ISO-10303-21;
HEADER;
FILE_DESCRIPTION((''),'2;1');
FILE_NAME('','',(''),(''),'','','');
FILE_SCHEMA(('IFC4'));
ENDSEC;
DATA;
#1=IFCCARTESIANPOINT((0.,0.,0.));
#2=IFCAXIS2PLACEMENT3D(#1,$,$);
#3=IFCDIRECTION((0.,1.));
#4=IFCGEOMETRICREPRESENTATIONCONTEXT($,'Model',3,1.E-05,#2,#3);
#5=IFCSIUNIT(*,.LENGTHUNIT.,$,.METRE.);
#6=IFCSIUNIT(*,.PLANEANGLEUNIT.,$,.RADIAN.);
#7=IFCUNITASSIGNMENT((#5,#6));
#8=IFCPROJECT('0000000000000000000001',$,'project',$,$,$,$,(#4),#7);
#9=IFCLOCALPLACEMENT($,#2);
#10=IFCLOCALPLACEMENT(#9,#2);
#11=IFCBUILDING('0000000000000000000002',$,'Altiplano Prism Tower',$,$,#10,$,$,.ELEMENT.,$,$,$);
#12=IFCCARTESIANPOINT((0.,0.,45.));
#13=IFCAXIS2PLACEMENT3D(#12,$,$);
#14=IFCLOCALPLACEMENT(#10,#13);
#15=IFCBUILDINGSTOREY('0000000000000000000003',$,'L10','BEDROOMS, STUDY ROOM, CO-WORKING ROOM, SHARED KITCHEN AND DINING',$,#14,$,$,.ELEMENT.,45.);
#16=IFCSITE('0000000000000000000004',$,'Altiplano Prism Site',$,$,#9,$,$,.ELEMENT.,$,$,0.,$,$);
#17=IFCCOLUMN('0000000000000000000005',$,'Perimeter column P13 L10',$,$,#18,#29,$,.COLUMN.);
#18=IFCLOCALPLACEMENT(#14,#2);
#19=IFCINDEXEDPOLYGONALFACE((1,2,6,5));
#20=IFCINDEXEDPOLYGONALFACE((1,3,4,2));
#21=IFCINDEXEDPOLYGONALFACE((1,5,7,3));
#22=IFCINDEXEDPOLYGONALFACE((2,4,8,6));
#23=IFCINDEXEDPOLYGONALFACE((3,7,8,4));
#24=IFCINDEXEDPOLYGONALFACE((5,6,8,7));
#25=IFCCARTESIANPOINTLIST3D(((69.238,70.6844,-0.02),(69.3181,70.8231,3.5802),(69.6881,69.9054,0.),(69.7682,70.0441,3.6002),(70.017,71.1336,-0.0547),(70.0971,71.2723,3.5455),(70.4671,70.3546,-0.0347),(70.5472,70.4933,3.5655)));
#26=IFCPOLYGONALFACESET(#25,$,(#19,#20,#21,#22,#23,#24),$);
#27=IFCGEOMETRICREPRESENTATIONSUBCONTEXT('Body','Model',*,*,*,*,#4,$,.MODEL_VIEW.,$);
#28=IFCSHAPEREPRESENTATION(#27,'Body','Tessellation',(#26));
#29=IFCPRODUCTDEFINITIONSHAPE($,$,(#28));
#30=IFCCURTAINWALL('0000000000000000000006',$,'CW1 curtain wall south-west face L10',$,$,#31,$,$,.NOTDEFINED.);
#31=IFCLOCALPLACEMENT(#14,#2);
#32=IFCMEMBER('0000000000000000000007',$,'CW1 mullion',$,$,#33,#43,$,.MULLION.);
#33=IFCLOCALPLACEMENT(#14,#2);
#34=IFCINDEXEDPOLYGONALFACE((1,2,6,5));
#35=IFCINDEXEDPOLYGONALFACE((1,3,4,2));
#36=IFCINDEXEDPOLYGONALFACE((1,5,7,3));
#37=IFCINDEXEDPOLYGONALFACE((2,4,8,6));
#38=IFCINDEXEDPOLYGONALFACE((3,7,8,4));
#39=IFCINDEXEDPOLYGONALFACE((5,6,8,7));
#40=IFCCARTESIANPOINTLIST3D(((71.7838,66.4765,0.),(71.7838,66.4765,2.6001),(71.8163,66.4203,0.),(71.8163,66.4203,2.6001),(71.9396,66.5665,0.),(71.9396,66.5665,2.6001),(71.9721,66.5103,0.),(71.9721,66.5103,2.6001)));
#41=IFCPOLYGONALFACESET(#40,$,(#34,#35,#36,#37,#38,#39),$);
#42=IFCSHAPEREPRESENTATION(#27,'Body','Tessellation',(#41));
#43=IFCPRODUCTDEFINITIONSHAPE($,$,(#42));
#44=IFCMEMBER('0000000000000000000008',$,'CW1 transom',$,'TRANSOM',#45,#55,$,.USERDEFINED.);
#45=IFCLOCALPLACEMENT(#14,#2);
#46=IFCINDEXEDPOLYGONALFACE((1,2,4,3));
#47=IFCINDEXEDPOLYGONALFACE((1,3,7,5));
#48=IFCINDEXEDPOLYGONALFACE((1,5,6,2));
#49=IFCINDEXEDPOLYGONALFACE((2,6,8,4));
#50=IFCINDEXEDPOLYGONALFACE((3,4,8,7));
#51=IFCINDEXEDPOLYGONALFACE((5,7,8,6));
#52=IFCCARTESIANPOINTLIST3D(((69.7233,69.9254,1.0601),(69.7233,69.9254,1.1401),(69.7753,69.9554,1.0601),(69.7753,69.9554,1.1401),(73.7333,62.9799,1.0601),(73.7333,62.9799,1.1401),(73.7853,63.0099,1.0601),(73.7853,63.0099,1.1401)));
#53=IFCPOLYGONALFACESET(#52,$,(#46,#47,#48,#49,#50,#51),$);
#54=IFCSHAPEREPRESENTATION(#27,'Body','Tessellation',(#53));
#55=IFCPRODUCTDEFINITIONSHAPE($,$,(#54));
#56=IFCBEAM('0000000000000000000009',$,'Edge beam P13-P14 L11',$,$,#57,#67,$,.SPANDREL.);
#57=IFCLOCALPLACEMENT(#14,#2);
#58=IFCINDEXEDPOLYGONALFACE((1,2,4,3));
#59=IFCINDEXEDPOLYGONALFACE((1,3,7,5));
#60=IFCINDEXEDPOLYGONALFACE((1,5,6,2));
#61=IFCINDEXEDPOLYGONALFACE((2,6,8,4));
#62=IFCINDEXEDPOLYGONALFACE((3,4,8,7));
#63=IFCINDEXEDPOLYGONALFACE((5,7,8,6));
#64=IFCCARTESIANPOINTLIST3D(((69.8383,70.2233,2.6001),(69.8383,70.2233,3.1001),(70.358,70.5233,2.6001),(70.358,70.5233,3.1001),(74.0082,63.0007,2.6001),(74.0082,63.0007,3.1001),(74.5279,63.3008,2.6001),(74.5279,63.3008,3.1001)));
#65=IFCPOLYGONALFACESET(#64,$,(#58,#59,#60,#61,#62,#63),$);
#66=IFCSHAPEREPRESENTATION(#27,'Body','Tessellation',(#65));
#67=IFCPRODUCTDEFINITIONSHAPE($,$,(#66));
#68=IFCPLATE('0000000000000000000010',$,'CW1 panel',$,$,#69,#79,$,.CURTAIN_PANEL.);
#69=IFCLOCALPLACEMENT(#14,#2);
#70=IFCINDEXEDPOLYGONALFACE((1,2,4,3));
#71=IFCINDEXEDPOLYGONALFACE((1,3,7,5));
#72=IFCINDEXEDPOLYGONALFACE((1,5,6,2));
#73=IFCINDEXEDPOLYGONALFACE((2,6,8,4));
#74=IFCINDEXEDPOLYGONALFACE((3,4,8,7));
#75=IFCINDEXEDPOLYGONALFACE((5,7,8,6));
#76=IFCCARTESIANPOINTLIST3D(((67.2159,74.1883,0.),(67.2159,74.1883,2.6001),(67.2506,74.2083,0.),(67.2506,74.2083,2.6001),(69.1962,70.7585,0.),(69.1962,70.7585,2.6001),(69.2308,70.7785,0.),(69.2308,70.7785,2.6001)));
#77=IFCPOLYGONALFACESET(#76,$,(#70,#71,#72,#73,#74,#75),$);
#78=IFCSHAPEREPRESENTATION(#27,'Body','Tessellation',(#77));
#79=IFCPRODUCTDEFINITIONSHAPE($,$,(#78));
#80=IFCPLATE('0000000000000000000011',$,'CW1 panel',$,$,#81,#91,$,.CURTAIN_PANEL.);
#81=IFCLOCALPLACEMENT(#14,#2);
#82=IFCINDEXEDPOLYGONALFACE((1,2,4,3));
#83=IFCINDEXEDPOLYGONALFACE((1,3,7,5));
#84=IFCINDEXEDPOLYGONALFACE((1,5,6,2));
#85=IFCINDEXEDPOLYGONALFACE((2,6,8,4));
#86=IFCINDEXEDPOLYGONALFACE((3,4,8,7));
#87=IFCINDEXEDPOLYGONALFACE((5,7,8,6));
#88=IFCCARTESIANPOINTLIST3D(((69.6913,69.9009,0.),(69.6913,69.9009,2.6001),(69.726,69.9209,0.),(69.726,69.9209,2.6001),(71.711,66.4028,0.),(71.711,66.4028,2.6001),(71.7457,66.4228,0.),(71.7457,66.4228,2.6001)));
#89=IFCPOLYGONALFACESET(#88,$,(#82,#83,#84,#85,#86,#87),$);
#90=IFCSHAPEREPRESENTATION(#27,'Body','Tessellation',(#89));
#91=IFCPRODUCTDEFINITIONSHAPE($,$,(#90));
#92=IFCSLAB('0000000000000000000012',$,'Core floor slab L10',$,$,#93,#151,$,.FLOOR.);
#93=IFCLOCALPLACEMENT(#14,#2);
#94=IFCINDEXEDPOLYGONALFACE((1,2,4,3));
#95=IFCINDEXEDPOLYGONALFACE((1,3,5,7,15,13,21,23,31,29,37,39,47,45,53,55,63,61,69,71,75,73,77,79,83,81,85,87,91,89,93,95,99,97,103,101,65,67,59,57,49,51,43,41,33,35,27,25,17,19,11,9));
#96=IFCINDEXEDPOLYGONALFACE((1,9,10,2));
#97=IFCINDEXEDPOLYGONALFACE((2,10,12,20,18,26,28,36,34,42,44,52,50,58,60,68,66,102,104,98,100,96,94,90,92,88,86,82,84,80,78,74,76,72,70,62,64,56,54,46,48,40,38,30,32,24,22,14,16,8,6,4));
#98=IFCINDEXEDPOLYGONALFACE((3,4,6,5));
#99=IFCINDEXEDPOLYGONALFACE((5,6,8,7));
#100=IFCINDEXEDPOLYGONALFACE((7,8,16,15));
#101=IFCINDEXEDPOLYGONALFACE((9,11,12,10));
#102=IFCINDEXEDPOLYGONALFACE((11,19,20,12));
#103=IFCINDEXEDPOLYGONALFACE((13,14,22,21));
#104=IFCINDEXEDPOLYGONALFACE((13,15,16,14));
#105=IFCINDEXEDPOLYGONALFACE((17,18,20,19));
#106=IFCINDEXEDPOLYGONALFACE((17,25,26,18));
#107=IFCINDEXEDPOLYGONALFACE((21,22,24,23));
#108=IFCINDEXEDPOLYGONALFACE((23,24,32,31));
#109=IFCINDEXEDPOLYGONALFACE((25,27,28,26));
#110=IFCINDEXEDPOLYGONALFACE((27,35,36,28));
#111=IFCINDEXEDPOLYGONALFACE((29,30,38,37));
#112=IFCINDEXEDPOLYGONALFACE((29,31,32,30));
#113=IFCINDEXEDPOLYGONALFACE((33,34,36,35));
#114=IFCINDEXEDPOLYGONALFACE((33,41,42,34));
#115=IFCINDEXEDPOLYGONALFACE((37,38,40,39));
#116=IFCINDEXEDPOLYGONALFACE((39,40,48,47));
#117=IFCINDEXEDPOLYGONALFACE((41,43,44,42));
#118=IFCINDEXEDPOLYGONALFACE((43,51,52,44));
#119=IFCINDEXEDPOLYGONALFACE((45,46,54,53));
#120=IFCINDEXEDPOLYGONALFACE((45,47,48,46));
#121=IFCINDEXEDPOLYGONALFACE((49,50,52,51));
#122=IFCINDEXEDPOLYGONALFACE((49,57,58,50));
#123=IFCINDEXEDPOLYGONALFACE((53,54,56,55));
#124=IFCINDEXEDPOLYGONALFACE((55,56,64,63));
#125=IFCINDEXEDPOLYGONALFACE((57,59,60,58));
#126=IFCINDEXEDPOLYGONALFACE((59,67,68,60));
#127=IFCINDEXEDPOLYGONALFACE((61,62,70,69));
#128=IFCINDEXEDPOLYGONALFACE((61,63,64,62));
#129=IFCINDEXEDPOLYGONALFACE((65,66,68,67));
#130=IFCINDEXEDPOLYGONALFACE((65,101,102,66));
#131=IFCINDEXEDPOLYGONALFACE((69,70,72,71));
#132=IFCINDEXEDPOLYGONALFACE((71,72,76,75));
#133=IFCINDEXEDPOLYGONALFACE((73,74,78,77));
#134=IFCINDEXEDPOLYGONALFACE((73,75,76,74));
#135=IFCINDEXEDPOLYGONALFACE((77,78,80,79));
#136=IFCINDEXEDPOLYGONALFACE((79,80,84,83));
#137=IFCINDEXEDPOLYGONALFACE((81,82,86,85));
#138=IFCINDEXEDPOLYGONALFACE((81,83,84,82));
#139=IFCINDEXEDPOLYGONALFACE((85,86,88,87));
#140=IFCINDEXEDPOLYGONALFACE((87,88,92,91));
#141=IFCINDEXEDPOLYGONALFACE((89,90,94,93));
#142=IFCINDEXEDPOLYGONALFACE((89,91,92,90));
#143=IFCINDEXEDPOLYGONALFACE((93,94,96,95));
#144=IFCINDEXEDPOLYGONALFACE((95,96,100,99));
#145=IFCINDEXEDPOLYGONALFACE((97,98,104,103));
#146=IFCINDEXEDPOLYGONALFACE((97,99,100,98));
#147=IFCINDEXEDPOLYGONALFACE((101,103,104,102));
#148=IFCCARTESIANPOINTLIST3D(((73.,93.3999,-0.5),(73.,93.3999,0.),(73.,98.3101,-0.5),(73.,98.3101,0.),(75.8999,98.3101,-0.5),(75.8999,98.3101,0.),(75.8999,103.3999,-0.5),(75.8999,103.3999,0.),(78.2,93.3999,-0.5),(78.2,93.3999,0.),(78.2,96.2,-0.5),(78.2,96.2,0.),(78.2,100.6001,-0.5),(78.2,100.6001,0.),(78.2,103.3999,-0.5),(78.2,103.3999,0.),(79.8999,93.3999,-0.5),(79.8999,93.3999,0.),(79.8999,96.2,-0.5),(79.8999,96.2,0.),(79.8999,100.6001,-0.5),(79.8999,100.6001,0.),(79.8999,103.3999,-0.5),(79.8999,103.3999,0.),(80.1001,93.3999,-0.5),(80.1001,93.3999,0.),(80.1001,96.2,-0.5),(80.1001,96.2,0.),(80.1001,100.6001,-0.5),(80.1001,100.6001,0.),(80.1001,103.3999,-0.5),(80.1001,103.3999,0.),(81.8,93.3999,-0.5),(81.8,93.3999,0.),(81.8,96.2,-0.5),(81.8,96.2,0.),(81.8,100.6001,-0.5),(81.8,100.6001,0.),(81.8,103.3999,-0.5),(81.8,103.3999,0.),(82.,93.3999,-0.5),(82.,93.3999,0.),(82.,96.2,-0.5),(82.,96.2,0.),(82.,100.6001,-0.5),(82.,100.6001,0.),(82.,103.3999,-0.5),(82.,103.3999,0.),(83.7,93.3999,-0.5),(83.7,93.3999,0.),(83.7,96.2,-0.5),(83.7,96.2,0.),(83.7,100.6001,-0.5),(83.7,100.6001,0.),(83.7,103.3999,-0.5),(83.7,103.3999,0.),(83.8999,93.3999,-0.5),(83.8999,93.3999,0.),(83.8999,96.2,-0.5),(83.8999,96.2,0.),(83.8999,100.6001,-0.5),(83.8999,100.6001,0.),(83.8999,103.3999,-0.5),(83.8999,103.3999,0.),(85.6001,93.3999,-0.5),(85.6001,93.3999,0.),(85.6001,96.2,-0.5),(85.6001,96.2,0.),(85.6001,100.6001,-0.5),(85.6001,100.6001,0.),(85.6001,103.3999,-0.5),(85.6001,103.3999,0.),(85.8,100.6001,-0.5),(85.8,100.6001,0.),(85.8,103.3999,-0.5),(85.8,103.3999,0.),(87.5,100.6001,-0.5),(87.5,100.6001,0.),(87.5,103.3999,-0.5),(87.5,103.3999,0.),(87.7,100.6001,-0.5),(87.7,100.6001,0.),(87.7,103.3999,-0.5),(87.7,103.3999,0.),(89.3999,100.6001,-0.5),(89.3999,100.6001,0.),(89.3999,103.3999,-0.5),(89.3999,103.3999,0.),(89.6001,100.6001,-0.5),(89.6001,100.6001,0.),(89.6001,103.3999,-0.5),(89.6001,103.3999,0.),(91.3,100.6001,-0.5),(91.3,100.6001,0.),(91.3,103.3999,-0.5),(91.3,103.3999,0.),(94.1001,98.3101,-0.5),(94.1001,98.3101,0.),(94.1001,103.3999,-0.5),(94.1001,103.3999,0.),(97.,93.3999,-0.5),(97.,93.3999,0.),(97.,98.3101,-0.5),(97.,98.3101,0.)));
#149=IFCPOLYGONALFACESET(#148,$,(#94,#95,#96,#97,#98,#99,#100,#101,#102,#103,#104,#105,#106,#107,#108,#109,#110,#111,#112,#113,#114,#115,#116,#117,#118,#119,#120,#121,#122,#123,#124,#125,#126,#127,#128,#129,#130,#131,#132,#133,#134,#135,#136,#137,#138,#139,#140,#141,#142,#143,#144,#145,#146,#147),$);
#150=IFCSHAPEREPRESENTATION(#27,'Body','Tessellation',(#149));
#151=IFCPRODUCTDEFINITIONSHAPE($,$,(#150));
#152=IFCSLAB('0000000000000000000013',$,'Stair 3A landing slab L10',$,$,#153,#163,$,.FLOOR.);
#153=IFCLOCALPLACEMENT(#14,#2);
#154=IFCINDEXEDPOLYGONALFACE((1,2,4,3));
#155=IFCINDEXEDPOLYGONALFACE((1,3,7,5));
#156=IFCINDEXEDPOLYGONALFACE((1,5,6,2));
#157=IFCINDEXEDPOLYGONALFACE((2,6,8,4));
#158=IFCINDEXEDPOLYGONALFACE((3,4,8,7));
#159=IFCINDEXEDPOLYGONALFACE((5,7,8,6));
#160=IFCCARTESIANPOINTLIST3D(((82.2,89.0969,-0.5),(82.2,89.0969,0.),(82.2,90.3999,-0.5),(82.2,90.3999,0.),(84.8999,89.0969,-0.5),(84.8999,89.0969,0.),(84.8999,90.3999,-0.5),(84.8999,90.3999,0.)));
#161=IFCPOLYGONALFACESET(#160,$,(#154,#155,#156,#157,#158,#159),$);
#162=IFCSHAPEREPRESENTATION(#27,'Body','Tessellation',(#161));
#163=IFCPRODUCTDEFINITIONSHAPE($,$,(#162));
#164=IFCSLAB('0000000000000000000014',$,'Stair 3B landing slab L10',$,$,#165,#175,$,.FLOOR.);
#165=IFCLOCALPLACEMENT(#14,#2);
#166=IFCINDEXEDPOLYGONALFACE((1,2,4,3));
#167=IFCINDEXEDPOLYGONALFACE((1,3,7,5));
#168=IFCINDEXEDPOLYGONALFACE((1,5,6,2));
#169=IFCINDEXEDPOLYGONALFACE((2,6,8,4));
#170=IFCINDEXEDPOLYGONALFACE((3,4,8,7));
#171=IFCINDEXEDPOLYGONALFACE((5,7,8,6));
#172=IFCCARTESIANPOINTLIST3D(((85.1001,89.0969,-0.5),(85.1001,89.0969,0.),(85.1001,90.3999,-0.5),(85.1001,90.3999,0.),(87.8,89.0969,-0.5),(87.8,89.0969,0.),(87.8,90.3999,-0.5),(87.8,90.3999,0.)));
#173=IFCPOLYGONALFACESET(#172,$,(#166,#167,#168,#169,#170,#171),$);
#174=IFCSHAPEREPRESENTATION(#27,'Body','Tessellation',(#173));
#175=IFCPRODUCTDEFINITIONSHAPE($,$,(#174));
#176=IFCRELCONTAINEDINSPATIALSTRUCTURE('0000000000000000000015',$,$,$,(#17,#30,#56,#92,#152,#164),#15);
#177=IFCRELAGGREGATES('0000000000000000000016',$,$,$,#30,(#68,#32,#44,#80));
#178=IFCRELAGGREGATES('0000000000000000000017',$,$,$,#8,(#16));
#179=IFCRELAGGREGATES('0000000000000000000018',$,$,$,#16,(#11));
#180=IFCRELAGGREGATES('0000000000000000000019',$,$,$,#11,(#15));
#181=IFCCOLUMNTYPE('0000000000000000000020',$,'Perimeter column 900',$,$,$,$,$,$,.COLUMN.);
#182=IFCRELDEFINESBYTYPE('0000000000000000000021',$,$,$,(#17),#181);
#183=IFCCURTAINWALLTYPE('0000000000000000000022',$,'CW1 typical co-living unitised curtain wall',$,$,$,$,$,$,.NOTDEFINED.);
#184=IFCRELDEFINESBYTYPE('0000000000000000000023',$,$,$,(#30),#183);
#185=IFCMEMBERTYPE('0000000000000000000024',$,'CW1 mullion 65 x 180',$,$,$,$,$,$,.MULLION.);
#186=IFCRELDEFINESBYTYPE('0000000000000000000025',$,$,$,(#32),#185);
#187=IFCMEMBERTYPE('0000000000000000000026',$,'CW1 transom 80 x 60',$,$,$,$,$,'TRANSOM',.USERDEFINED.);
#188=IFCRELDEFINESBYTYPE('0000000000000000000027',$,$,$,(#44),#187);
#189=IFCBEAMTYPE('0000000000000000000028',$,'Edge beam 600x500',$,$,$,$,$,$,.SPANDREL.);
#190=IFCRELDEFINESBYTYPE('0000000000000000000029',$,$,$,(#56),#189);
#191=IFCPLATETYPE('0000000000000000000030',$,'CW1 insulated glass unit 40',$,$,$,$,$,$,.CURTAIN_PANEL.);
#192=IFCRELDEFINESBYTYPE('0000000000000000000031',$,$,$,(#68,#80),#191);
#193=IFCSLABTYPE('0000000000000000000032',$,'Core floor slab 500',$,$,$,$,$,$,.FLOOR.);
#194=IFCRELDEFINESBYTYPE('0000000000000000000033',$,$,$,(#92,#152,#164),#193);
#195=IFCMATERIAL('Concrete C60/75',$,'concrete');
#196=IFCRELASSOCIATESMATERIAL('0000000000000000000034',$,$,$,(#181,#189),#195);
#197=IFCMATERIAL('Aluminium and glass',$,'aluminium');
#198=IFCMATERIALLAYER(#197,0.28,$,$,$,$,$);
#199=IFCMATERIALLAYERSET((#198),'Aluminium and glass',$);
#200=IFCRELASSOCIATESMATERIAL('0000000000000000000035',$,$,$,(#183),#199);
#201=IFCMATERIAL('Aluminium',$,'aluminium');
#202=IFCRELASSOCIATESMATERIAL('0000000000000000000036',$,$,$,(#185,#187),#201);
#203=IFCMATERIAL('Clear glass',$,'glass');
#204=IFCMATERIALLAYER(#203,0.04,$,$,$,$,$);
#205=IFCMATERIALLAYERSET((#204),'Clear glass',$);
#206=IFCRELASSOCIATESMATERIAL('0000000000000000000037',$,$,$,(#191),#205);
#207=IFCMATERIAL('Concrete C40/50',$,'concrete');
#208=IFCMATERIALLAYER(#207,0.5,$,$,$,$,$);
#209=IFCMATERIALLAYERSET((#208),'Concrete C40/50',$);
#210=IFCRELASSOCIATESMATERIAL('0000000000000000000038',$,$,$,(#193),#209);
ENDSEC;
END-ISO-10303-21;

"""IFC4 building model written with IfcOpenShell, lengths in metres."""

from ifc_helpers import new_model, si_unit, direction, frame, origin, origin_2d, place, context, subcontext, project, spatial, polyline, rectangle, outline, extrude, material, layer, layer_set, material_profile, profile_set, type_object, element, aggregate, save


model = new_model("IFC4")

# Units and contexts
model_context = context("Model", 3, precision=1e-05, world=origin(), true_north=direction((0.0, 1.0)))
body_context = subcontext(model_context, "Body", "Model", "MODEL_VIEW")
ifc_project = project(units=[si_unit("LENGTHUNIT", "METRE"), si_unit("PLANEANGLEUNIT", "RADIAN")], contexts=[model_context])

# Site, building, storey
site_placement = place(None, origin())
site = spatial("IfcSite", under=ifc_project, at=site_placement, Name="Altiplano Prism Site", CompositionType="ELEMENT", RefElevation=0.0)
building_placement = place(site_placement, origin())
building = spatial("IfcBuilding", under=site, at=building_placement, Name="Altiplano Prism Tower", CompositionType="ELEMENT")
storey_placement = place(building_placement, frame((0.0, 0.0, 45.0)))
storey = spatial("IfcBuildingStorey", under=building, at=storey_placement, Name="L10", Description="BEDROOMS, STUDY ROOM, CO-WORKING ROOM, SHARED KITCHEN AND DINING", CompositionType="ELEMENT", Elevation=45.0)

# Column
ifc_material_1 = material(Name="Concrete C60/75", Category="concrete")
ifc_material_profile_1 = material_profile(ifc_material_1, rectangle(XDim=0.8999, YDim=0.8999, at=origin_2d()), Name="Perimeter column 900")
ifc_profile_set_1 = profile_set([ifc_material_profile_1], Name="Concrete C60/75")
column_type = type_object("IfcColumnType", Name="Perimeter column 900", PredefinedType="COLUMN", material=ifc_profile_set_1)
column_placement = place(storey_placement, frame((69.8525, 70.5195, -0.0273), z_axis=(0.022221, 0.038481, 0.999012), x_axis=(-0.865639, -0.499187, 0.038483)))
element("IfcColumn", 1, at=column_placement, inside=storey, type_object=column_type, Name="Perimeter column P13 L10", PredefinedType="COLUMN", context=body_context, shape_type="SweptSolid", body=[
    extrude(rectangle(XDim=0.8999, YDim=0.8999, at=origin_2d()), origin(), (0.0, 0.0, 1.0), 3.6038),
])

# Curtain wall, members
ifc_material_2 = material(Name="Aluminium and glass", Category="aluminium")
ifc_layer_1 = layer(ifc_material_2, 0.28)
ifc_layer_set_1 = layer_set([ifc_layer_1], Name="Aluminium and glass")
curtain_wall_type = type_object("IfcCurtainWallType", Name="CW1 typical co-living unitised curtain wall", PredefinedType="NOTDEFINED", material=ifc_layer_set_1)
curtain_wall_placement = place(storey_placement, origin())
curtain_wall = element("IfcCurtainWall", 2, at=curtain_wall_placement, inside=storey, type_object=curtain_wall_type, Name="CW1 curtain wall south-west face L10", PredefinedType="NOTDEFINED")
ifc_material_3 = material(Name="Aluminium", Category="aluminium")
ifc_material_profile_2 = material_profile(ifc_material_3, rectangle(XDim=0.1799, YDim=0.0649, at=origin_2d()), Name="CW1 mullion 65 x 180")
ifc_profile_set_2 = profile_set([ifc_material_profile_2], Name="Aluminium")
member_type_1 = type_object("IfcMemberType", Name="CW1 mullion 65 x 180", PredefinedType="MULLION", material=ifc_profile_set_2)
member_1_placement = place(storey_placement, frame((71.8779, 66.4934, 0.0), z_axis=(0.0, 0.0, 1.0), x_axis=(0.866025, 0.5, 0.0)))
member_1 = element("IfcMember", 3, at=member_1_placement, type_object=member_type_1, Name="CW1 mullion", PredefinedType="MULLION", context=body_context, shape_type="SweptSolid", body=[
    extrude(rectangle(XDim=0.1799, YDim=0.0649, at=origin_2d()), origin(), (0.0, 0.0, 1.0), 2.6001),
])
ifc_material_profile_3 = material_profile(ifc_material_3, rectangle(XDim=0.0601, YDim=0.0801, at=origin_2d()), Name="CW1 transom 80 x 60")
ifc_profile_set_3 = profile_set([ifc_material_profile_3], Name="Aluminium")
member_type_2 = type_object("IfcMemberType", Name="CW1 transom 80 x 60", ElementType="TRANSOM", PredefinedType="USERDEFINED", material=ifc_profile_set_3)
member_2_placement = place(storey_placement, frame((69.7493, 69.9404, 1.1001), z_axis=(0.499999, -0.866026, 0.0), x_axis=(0.866026, 0.499999, 0.0)))
member_2 = element("IfcMember", 4, at=member_2_placement, type_object=member_type_2, Name="CW1 transom", ObjectType="TRANSOM", PredefinedType="USERDEFINED", context=body_context, shape_type="SweptSolid", body=[
    extrude(rectangle(XDim=0.0601, YDim=0.0801, at=origin_2d()), origin(), (0.0, 0.0, 1.0), 8.02),
])

# Beam
ifc_material_profile_4 = material_profile(ifc_material_1, rectangle(XDim=0.6001, YDim=0.5, at=origin_2d()), Name="Edge beam 600x500")
ifc_profile_set_4 = profile_set([ifc_material_profile_4], Name="Concrete C60/75")
beam_type = type_object("IfcBeamType", Name="Edge beam 600x500", PredefinedType="SPANDREL", material=ifc_profile_set_4)
beam_placement = place(storey_placement, frame((70.0981, 70.3733, 2.8501), z_axis=(0.499993, -0.86603, 0.0), x_axis=(0.86603, 0.499993, 0.0)))
element("IfcBeam", 5, at=beam_placement, inside=storey, type_object=beam_type, Name="Edge beam P13-P14 L11", PredefinedType="SPANDREL", context=body_context, shape_type="SweptSolid", body=[
    extrude(rectangle(XDim=0.6001, YDim=0.5, at=origin_2d()), origin(), (0.0, 0.0, 1.0), 8.3398),
])

# Plates
ifc_material_4 = material(Name="Clear glass", Category="glass")
ifc_layer_2 = layer(ifc_material_4, 0.04)
ifc_layer_set_2 = layer_set([ifc_layer_2], Name="Clear glass")
plate_type = type_object("IfcPlateType", Name="CW1 insulated glass unit 40", PredefinedType="CURTAIN_PANEL", material=ifc_layer_set_2)
plate_1_placement = place(storey_placement, frame((68.2234, 72.4834, 0.0), z_axis=(0.0, 0.0, 1.0), x_axis=(0.5, -0.866025, 0.0)))
plate_1 = element("IfcPlate", 6, at=plate_1_placement, type_object=plate_type, Name="CW1 panel", PredefinedType="CURTAIN_PANEL", context=body_context, shape_type="SweptSolid", body=[
    extrude(rectangle(XDim=3.9604, YDim=0.04, at=origin_2d()), origin(), (0.0, 0.0, 1.0), 2.6001),
])
plate_2_placement = place(storey_placement, frame((70.7185, 68.1619, 0.0), z_axis=(0.0, 0.0, 1.0), x_axis=(0.5, -0.866025, 0.0)))
plate_2 = element("IfcPlate", 7, at=plate_2_placement, type_object=plate_type, Name="CW1 panel", PredefinedType="CURTAIN_PANEL", context=body_context, shape_type="SweptSolid", body=[
    extrude(rectangle(XDim=4.0393, YDim=0.04, at=origin_2d()), origin(), (0.0, 0.0, 1.0), 2.6001),
])
aggregate(curtain_wall, [plate_1, member_1, member_2, plate_2])

# Slabs
ifc_material_5 = material(Name="Concrete C40/50", Category="concrete")
ifc_layer_3 = layer(ifc_material_5, 0.5)
ifc_layer_set_3 = layer_set([ifc_layer_3], Name="Concrete C40/50")
slab_type_1 = type_object("IfcSlabType", Name="Core floor slab 500", PredefinedType="FLOOR", material=ifc_layer_set_3)
slab_1_placement = place(storey_placement, frame((0.0, 0.0, -0.5)))
element("IfcSlab", 8, at=slab_1_placement, inside=storey, type_object=slab_type_1, Name="Core floor slab L10", PredefinedType="FLOOR", context=body_context, shape_type="SweptSolid", body=[
    extrude(outline(polyline([(97.0, 98.3101), (94.1001, 98.3101), (94.1001, 103.3999), (91.3, 103.3999), (91.3, 100.6001), (89.6001, 100.6001), (89.6001, 103.3999), (89.3999, 103.3999), (89.3999, 100.6001), (87.7, 100.6001), (87.7, 103.3999), (87.5, 103.3999), (87.5, 100.6001), (85.8, 100.6001), (85.8, 103.3999), (85.6001, 103.3999), (85.6001, 100.6001), (83.8999, 100.6001), (83.8999, 103.3999), (83.7, 103.3999), (83.7, 100.6001), (82.0, 100.6001), (82.0, 103.3999), (81.8, 103.3999), (81.8, 100.6001), (80.1001, 100.6001), (80.1001, 103.3999), (79.8999, 103.3999), (79.8999, 100.6001), (78.2, 100.6001), (78.2, 103.3999), (75.8999, 103.3999), (75.8999, 98.3101), (73.0, 98.3101), (73.0, 93.3999), (78.2, 93.3999), (78.2, 96.2), (79.8999, 96.2), (79.8999, 93.3999), (80.1001, 93.3999), (80.1001, 96.2), (81.8, 96.2), (81.8, 93.3999), (82.0, 93.3999), (82.0, 96.2), (83.7, 96.2), (83.7, 93.3999), (83.8999, 93.3999), (83.8999, 96.2), (85.6001, 96.2), (85.6001, 93.3999), (97.0, 93.3999), (97.0, 98.3101)])), origin(), (0.0, 0.0, 1.0), 0.5),
])
slab_2_placement = place(storey_placement, frame((0.0, 0.0, -0.5)))
element("IfcSlab", 9, at=slab_2_placement, inside=storey, type_object=slab_type_1, Name="Stair 3A landing slab L10", PredefinedType="FLOOR", context=body_context, shape_type="SweptSolid", body=[
    extrude(outline(polyline([(82.2, 89.0969), (84.8999, 89.0969), (84.8999, 90.3999), (82.2, 90.3999), (82.2, 89.0969)])), origin(), (0.0, 0.0, 1.0), 0.5),
])
slab_3_placement = place(storey_placement, frame((0.0, 0.0, -0.5)))
element("IfcSlab", 10, at=slab_3_placement, inside=storey, type_object=slab_type_1, Name="Stair 3B landing slab L10", PredefinedType="FLOOR", context=body_context, shape_type="SweptSolid", body=[
    extrude(outline(polyline([(85.1001, 89.0969), (87.8, 89.0969), (87.8, 90.3999), (85.1001, 90.3999), (85.1001, 89.0969)])), origin(), (0.0, 0.0, 1.0), 0.5),
])

save(model, "model.ifc")
